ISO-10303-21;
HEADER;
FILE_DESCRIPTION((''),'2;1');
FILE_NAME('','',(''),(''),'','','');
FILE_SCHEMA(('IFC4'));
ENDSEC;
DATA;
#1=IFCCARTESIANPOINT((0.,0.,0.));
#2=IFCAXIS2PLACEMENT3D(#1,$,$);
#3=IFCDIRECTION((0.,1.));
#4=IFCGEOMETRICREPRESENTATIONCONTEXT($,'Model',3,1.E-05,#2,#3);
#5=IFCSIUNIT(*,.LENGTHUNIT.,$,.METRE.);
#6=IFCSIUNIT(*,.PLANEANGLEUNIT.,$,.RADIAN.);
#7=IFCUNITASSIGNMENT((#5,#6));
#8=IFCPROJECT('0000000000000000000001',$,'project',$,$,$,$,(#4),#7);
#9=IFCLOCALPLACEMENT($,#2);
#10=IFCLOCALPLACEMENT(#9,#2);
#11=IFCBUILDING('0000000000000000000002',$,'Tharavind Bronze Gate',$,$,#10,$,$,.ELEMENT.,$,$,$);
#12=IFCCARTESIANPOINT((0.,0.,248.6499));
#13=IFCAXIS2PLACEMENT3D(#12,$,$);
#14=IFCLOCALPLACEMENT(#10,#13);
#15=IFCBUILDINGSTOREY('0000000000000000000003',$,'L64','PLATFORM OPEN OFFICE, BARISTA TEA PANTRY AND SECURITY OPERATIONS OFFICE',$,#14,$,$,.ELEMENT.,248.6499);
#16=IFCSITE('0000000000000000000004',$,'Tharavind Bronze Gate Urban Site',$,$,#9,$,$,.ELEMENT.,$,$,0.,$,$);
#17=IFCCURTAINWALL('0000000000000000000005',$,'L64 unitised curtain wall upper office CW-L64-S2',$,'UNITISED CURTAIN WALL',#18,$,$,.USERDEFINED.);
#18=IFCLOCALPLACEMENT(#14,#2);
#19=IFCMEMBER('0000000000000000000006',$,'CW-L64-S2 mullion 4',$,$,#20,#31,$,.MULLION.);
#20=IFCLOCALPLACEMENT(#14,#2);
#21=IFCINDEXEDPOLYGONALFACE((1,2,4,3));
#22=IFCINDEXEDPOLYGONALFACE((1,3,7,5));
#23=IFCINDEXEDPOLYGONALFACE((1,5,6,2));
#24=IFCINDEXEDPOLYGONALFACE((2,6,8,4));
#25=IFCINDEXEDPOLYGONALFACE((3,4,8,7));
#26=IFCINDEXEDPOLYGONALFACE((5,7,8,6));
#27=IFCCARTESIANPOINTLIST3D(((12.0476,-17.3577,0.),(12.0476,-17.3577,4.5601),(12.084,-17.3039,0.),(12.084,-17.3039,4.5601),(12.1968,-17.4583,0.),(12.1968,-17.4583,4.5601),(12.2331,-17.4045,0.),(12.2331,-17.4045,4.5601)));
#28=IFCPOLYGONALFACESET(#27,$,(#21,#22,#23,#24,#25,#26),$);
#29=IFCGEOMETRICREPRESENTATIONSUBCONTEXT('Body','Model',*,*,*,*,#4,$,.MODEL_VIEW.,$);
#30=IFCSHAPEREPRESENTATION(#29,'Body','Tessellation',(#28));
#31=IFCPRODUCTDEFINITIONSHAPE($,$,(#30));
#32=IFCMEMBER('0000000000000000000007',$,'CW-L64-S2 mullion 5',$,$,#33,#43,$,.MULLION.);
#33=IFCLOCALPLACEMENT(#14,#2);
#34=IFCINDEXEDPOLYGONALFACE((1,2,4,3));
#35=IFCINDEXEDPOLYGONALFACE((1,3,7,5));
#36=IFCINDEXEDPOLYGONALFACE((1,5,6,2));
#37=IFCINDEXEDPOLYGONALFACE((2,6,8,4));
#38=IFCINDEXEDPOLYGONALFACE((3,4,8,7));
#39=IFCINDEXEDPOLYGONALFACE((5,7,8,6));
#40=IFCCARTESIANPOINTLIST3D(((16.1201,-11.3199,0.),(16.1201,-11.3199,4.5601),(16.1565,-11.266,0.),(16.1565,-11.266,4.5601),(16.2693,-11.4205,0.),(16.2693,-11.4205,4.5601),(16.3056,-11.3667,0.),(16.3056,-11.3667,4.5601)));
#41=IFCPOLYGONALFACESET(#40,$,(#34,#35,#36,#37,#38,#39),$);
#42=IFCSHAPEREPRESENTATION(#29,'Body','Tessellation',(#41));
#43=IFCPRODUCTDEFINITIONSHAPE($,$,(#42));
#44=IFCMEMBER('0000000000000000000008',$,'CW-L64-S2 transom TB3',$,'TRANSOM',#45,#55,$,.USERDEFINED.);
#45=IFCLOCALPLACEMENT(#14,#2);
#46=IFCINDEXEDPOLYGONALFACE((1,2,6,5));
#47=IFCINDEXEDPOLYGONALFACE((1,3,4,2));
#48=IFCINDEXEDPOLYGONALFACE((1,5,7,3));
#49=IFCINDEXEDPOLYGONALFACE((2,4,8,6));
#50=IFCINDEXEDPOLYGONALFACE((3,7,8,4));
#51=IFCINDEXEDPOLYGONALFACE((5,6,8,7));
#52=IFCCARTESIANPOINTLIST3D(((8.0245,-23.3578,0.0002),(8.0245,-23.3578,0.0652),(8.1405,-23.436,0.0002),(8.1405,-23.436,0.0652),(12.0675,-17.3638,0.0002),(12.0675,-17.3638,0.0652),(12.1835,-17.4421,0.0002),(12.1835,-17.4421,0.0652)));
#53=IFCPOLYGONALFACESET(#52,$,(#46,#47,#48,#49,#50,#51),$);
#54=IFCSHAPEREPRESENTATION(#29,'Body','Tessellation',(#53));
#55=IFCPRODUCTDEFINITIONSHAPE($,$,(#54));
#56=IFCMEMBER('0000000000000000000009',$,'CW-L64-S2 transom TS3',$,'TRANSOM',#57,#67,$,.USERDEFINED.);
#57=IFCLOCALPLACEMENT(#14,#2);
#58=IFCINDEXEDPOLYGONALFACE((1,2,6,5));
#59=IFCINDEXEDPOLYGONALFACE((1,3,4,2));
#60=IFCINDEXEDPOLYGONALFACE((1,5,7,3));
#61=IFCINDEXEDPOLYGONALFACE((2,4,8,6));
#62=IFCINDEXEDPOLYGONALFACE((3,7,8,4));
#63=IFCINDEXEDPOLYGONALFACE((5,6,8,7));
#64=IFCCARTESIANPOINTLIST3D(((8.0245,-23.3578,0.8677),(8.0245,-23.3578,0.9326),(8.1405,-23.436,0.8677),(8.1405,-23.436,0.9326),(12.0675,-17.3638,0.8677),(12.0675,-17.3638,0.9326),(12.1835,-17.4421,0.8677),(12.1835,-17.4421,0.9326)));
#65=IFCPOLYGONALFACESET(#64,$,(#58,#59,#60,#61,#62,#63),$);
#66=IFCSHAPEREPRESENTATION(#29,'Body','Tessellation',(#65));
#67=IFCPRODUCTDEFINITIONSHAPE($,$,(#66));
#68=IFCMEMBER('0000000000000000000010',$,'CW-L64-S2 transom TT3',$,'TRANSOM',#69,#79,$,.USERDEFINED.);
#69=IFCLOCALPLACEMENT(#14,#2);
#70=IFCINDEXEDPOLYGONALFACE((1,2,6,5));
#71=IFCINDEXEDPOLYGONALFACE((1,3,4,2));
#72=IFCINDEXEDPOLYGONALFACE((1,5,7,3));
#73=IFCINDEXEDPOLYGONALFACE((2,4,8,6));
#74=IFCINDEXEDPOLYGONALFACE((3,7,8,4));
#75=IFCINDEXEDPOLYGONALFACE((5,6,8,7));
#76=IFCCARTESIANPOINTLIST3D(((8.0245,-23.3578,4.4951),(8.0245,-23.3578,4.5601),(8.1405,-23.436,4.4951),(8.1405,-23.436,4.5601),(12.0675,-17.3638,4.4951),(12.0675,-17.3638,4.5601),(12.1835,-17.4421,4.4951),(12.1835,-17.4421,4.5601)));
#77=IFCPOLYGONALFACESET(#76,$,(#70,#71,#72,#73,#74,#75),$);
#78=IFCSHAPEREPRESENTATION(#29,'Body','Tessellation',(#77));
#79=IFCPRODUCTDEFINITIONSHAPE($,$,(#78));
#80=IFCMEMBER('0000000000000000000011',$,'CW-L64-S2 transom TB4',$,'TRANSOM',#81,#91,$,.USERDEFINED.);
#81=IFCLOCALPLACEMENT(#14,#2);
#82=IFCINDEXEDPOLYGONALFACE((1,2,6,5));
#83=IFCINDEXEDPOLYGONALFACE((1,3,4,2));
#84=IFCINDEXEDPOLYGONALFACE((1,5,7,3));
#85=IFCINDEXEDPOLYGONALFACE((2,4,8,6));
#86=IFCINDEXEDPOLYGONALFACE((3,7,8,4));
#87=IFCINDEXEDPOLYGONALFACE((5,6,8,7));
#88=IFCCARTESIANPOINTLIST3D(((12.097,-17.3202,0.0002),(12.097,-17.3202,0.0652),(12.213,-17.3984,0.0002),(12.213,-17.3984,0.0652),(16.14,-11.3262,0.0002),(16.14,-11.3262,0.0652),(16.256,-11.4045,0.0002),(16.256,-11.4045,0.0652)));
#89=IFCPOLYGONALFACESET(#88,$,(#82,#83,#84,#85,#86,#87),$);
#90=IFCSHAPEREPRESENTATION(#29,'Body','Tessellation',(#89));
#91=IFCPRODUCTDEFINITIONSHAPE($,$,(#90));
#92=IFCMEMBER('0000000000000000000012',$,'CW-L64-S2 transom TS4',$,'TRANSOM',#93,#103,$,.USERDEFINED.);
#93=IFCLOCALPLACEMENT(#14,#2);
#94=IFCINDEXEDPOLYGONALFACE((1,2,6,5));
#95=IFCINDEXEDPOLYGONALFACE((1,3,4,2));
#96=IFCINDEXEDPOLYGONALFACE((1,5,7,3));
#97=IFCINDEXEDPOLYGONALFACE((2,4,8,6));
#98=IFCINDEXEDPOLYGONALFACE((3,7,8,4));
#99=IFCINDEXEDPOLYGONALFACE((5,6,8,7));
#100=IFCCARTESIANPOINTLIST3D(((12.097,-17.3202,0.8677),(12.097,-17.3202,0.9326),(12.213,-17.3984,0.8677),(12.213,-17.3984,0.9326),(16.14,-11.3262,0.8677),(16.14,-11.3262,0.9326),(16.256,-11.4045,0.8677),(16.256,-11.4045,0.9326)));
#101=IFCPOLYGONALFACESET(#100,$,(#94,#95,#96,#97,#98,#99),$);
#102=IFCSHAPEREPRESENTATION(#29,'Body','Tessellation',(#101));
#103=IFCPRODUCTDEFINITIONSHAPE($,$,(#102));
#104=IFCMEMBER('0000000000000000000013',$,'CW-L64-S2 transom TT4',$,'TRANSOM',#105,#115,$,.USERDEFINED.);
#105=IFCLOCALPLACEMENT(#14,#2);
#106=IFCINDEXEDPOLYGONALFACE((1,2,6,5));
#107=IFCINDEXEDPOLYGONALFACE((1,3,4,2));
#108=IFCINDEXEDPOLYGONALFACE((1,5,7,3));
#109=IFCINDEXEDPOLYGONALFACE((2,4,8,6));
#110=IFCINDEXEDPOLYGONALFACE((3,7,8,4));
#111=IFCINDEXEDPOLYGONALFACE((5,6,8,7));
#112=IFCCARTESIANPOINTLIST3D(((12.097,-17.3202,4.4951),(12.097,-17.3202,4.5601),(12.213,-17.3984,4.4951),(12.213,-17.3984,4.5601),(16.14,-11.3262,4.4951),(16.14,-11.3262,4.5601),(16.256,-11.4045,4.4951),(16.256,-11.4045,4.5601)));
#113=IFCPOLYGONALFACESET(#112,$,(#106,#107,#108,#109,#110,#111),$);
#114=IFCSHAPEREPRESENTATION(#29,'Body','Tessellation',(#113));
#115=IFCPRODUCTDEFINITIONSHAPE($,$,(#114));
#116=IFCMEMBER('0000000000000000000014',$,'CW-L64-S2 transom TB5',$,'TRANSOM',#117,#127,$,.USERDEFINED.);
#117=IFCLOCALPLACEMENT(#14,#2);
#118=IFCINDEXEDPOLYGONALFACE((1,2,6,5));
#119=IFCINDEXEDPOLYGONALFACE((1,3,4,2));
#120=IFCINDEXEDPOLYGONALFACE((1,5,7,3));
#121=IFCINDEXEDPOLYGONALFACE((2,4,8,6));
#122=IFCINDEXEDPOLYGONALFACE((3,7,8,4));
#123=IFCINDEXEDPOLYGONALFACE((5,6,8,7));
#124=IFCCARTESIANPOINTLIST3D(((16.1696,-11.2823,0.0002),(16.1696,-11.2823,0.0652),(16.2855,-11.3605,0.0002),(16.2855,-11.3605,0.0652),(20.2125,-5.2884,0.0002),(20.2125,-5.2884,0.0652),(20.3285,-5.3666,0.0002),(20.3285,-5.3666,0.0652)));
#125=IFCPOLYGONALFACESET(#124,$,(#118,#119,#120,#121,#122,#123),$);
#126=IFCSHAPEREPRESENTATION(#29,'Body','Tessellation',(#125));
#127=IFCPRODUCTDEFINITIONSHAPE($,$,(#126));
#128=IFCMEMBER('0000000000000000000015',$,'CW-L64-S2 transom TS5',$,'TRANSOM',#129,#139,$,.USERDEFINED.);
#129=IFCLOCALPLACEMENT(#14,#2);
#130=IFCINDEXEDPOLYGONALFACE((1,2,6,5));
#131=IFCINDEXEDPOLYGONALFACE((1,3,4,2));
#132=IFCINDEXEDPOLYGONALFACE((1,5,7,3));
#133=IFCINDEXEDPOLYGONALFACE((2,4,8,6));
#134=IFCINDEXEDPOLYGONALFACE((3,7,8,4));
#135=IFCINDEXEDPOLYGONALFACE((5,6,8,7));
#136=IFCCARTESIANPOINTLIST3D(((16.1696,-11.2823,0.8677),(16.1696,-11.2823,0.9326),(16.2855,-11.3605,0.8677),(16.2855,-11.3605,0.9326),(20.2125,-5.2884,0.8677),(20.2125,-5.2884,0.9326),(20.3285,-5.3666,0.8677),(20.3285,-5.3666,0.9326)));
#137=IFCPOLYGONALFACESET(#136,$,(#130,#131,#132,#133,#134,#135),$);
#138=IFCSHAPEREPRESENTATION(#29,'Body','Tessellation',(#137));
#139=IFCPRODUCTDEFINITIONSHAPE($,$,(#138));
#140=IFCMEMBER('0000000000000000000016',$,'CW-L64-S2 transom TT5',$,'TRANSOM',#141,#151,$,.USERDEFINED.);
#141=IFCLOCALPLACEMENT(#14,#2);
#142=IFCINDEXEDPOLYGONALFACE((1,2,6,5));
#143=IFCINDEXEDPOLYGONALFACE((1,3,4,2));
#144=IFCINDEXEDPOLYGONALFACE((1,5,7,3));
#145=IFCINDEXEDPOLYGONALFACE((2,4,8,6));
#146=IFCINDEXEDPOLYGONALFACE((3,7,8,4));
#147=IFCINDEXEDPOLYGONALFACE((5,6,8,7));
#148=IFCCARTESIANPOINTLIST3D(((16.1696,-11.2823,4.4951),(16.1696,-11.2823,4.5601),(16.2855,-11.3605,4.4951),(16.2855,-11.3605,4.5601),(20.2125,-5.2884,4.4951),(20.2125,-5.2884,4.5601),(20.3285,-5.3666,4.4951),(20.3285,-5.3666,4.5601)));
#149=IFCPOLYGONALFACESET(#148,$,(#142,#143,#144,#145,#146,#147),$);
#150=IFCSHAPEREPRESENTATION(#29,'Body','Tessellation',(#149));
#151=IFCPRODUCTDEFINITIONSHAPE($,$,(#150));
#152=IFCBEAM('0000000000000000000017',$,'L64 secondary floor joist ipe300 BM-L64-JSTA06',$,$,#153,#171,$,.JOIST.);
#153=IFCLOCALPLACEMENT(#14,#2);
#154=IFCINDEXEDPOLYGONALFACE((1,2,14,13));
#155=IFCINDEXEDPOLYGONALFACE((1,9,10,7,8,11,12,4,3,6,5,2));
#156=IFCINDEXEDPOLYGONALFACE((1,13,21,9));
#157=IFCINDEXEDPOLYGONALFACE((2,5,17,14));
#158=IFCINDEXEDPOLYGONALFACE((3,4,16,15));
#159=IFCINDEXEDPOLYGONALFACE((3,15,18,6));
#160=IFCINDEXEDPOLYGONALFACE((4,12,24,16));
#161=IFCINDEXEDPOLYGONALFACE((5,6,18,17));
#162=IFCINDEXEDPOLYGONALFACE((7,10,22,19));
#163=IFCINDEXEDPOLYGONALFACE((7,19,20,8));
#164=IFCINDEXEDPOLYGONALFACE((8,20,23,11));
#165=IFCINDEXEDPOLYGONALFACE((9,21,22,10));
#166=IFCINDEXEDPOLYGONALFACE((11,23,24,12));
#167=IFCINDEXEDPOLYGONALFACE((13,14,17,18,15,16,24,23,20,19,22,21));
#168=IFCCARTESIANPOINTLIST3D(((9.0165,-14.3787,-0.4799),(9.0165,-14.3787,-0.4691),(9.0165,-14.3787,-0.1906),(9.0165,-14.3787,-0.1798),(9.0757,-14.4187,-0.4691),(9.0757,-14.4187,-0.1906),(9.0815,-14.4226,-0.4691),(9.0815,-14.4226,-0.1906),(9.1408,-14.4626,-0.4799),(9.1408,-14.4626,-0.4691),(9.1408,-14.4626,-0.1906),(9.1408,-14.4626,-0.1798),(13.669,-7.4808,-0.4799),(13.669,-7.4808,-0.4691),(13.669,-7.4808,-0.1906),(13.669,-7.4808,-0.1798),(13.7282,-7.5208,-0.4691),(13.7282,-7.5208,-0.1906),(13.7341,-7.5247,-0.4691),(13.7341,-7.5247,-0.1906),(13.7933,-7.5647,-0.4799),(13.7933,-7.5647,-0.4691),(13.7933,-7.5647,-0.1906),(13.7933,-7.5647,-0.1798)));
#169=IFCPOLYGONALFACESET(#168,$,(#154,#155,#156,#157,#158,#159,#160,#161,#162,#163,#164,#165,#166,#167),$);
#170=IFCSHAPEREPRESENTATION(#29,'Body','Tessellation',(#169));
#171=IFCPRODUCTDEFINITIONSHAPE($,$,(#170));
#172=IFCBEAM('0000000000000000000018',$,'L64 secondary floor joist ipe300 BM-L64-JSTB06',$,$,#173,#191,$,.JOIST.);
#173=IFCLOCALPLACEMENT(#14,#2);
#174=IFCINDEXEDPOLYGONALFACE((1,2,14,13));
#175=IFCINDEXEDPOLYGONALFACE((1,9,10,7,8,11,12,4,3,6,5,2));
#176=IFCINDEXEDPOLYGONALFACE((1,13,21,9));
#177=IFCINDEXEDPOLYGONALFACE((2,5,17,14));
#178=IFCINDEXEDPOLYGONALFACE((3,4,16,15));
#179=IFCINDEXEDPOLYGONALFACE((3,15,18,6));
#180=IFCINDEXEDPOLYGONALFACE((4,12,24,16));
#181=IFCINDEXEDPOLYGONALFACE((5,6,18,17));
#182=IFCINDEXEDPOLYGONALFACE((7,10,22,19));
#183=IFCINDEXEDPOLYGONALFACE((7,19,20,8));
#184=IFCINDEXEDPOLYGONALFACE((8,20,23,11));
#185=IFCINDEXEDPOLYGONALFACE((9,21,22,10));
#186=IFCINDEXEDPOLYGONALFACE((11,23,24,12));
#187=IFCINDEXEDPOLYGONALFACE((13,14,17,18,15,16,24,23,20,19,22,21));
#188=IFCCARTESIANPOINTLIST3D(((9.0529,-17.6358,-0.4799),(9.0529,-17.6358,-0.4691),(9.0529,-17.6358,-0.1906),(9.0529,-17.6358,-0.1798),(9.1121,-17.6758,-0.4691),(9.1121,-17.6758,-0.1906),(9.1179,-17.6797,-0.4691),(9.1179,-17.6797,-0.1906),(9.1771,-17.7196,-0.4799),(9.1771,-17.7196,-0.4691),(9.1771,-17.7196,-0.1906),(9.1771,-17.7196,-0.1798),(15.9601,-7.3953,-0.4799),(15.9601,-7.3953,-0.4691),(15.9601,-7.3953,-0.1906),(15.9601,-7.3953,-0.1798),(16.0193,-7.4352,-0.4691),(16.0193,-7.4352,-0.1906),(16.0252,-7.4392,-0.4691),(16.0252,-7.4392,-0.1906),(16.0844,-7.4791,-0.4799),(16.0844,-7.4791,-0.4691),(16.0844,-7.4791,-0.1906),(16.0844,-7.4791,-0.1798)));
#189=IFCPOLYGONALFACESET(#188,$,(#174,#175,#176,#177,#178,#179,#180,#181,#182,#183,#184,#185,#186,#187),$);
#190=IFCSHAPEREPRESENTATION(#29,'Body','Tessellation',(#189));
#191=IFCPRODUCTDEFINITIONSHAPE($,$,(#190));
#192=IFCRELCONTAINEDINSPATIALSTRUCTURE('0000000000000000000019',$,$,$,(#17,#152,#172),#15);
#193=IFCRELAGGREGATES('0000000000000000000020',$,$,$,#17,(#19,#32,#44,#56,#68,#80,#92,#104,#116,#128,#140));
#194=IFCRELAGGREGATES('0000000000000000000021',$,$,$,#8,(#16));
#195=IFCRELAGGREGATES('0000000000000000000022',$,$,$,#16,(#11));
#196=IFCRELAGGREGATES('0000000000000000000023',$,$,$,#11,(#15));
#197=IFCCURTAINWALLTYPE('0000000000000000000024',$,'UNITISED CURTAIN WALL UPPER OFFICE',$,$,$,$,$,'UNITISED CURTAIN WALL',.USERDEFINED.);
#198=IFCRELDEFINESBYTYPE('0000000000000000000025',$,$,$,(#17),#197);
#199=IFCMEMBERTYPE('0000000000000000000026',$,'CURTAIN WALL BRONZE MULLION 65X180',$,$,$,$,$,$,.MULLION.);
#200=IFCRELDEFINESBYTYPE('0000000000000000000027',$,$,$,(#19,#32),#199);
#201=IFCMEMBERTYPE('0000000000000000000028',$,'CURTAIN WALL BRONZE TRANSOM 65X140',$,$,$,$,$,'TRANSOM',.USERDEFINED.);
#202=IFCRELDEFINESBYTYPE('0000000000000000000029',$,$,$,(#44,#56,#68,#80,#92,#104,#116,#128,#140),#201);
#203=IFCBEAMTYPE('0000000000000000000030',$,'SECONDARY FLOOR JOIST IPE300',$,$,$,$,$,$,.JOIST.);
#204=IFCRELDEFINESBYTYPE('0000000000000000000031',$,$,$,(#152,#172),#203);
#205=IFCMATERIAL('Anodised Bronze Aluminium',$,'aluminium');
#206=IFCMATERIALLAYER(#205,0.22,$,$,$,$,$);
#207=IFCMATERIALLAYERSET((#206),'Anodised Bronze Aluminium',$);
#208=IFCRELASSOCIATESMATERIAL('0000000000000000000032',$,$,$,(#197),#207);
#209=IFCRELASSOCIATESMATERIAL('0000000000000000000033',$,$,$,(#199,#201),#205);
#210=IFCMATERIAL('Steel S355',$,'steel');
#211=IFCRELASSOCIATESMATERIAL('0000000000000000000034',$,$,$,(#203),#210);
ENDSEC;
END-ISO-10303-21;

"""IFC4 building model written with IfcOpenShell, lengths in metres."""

from ifc_helpers import new_model, si_unit, direction, frame, origin, origin_2d, place, context, subcontext, project, spatial, rectangle, i_section, extrude, material, layer, layer_set, material_profile, profile_set, type_object, element, aggregate, save


model = new_model("IFC4")

# Units and contexts
model_context = context("Model", 3, precision=1e-05, world=origin(), true_north=direction((0.0, 1.0)))
body_context = subcontext(model_context, "Body", "Model", "MODEL_VIEW")
ifc_project = project(units=[si_unit("LENGTHUNIT", "METRE"), si_unit("PLANEANGLEUNIT", "RADIAN")], contexts=[model_context])

# Site, building, storey
site_placement = place(None, origin())
site = spatial("IfcSite", under=ifc_project, at=site_placement, Name="Tharavind Bronze Gate Urban Site", CompositionType="ELEMENT", RefElevation=0.0)
building_placement = place(site_placement, origin())
building = spatial("IfcBuilding", under=site, at=building_placement, Name="Tharavind Bronze Gate", CompositionType="ELEMENT")
storey_placement = place(building_placement, frame((0.0, 0.0, 248.6499)))
storey = spatial("IfcBuildingStorey", under=building, at=storey_placement, Name="L64", Description="PLATFORM OPEN OFFICE, BARISTA TEA PANTRY AND SECURITY OPERATIONS OFFICE", CompositionType="ELEMENT", Elevation=248.6499)

# Curtain wall, members
ifc_material_1 = material(Name="Anodised Bronze Aluminium", Category="aluminium")
ifc_layer_1 = layer(ifc_material_1, 0.22)
ifc_layer_set_1 = layer_set([ifc_layer_1], Name="Anodised Bronze Aluminium")
curtain_wall_type = type_object("IfcCurtainWallType", Name="UNITISED CURTAIN WALL UPPER OFFICE", ElementType="UNITISED CURTAIN WALL", PredefinedType="USERDEFINED", material=ifc_layer_set_1)
curtain_wall_placement = place(storey_placement, origin())
curtain_wall = element("IfcCurtainWall", 1, at=curtain_wall_placement, inside=storey, type_object=curtain_wall_type, Name="L64 unitised curtain wall upper office CW-L64-S2", ObjectType="UNITISED CURTAIN WALL", PredefinedType="USERDEFINED")
member_type_1 = type_object("IfcMemberType", Name="CURTAIN WALL BRONZE MULLION 65X180", PredefinedType="MULLION", material=ifc_material_1)
member_1_placement = place(storey_placement, frame((12.1404, -17.3811, 0.0), z_axis=(0.0, 0.0, 1.0), x_axis=(0.559193, 0.829038, 0.0)))
member_1 = element("IfcMember", 2, at=member_1_placement, type_object=member_type_1, Name="CW-L64-S2 mullion 4", PredefinedType="MULLION", context=body_context, shape_type="SweptSolid", body=[
    extrude(rectangle(XDim=0.0649, YDim=0.1799, at=origin_2d()), origin(), (0.0, 0.0, 1.0), 4.5601),
])
member_2_placement = place(storey_placement, frame((16.2129, -11.3433, 0.0), z_axis=(0.0, 0.0, 1.0), x_axis=(0.559193, 0.829038, 0.0)))
member_2 = element("IfcMember", 3, at=member_2_placement, type_object=member_type_1, Name="CW-L64-S2 mullion 5", PredefinedType="MULLION", context=body_context, shape_type="SweptSolid", body=[
    extrude(rectangle(XDim=0.0649, YDim=0.1799, at=origin_2d()), origin(), (0.0, 0.0, 1.0), 4.5601),
])
member_type_2 = type_object("IfcMemberType", Name="CURTAIN WALL BRONZE TRANSOM 65X140", ElementType="TRANSOM", PredefinedType="USERDEFINED", material=ifc_material_1)
member_3_placement = place(storey_placement, frame((10.104, -20.3999, 0.0002), z_axis=(0.0, 0.0, 1.0), x_axis=(0.559193, 0.829038, 0.0)))
member_3 = element("IfcMember", 4, at=member_3_placement, type_object=member_type_2, Name="CW-L64-S2 transom TB3", ObjectType="TRANSOM", PredefinedType="USERDEFINED", context=body_context, shape_type="SweptSolid", body=[
    extrude(rectangle(XDim=7.23, YDim=0.1399, at=origin_2d()), origin(), (0.0, 0.0, 1.0), 0.0649),
])
member_4_placement = place(storey_placement, frame((10.104, -20.3999, 0.8677), z_axis=(0.0, 0.0, 1.0), x_axis=(0.559193, 0.829038, 0.0)))
member_4 = element("IfcMember", 5, at=member_4_placement, type_object=member_type_2, Name="CW-L64-S2 transom TS3", ObjectType="TRANSOM", PredefinedType="USERDEFINED", context=body_context, shape_type="SweptSolid", body=[
    extrude(rectangle(XDim=7.23, YDim=0.1399, at=origin_2d()), origin(), (0.0, 0.0, 1.0), 0.0649),
])
member_5_placement = place(storey_placement, frame((10.104, -20.3999, 4.4951), z_axis=(0.0, 0.0, 1.0), x_axis=(0.559193, 0.829038, 0.0)))
member_5 = element("IfcMember", 6, at=member_5_placement, type_object=member_type_2, Name="CW-L64-S2 transom TT3", ObjectType="TRANSOM", PredefinedType="USERDEFINED", context=body_context, shape_type="SweptSolid", body=[
    extrude(rectangle(XDim=7.23, YDim=0.1399, at=origin_2d()), origin(), (0.0, 0.0, 1.0), 0.0649),
])
member_6_placement = place(storey_placement, frame((14.1765, -14.3623, 0.0002), z_axis=(0.0, 0.0, 1.0), x_axis=(0.559193, 0.829038, 0.0)))
member_6 = element("IfcMember", 7, at=member_6_placement, type_object=member_type_2, Name="CW-L64-S2 transom TB4", ObjectType="TRANSOM", PredefinedType="USERDEFINED", context=body_context, shape_type="SweptSolid", body=[
    extrude(rectangle(XDim=7.23, YDim=0.1399, at=origin_2d()), origin(), (0.0, 0.0, 1.0), 0.0649),
])
member_7_placement = place(storey_placement, frame((14.1765, -14.3623, 0.8677), z_axis=(0.0, 0.0, 1.0), x_axis=(0.559193, 0.829038, 0.0)))
member_7 = element("IfcMember", 8, at=member_7_placement, type_object=member_type_2, Name="CW-L64-S2 transom TS4", ObjectType="TRANSOM", PredefinedType="USERDEFINED", context=body_context, shape_type="SweptSolid", body=[
    extrude(rectangle(XDim=7.23, YDim=0.1399, at=origin_2d()), origin(), (0.0, 0.0, 1.0), 0.0649),
])
member_8_placement = place(storey_placement, frame((14.1765, -14.3623, 4.4951), z_axis=(0.0, 0.0, 1.0), x_axis=(0.559193, 0.829038, 0.0)))
member_8 = element("IfcMember", 9, at=member_8_placement, type_object=member_type_2, Name="CW-L64-S2 transom TT4", ObjectType="TRANSOM", PredefinedType="USERDEFINED", context=body_context, shape_type="SweptSolid", body=[
    extrude(rectangle(XDim=7.23, YDim=0.1399, at=origin_2d()), origin(), (0.0, 0.0, 1.0), 0.0649),
])
member_9_placement = place(storey_placement, frame((18.249, -8.3245, 0.0002), z_axis=(0.0, 0.0, 1.0), x_axis=(0.559193, 0.829038, 0.0)))
member_9 = element("IfcMember", 10, at=member_9_placement, type_object=member_type_2, Name="CW-L64-S2 transom TB5", ObjectType="TRANSOM", PredefinedType="USERDEFINED", context=body_context, shape_type="SweptSolid", body=[
    extrude(rectangle(XDim=7.23, YDim=0.1399, at=origin_2d()), origin(), (0.0, 0.0, 1.0), 0.0649),
])
member_10_placement = place(storey_placement, frame((18.249, -8.3245, 0.8677), z_axis=(0.0, 0.0, 1.0), x_axis=(0.559193, 0.829038, 0.0)))
member_10 = element("IfcMember", 11, at=member_10_placement, type_object=member_type_2, Name="CW-L64-S2 transom TS5", ObjectType="TRANSOM", PredefinedType="USERDEFINED", context=body_context, shape_type="SweptSolid", body=[
    extrude(rectangle(XDim=7.23, YDim=0.1399, at=origin_2d()), origin(), (0.0, 0.0, 1.0), 0.0649),
])
member_11_placement = place(storey_placement, frame((18.249, -8.3245, 4.4951), z_axis=(0.0, 0.0, 1.0), x_axis=(0.559193, 0.829038, 0.0)))
member_11 = element("IfcMember", 12, at=member_11_placement, type_object=member_type_2, Name="CW-L64-S2 transom TT5", ObjectType="TRANSOM", PredefinedType="USERDEFINED", context=body_context, shape_type="SweptSolid", body=[
    extrude(rectangle(XDim=7.23, YDim=0.1399, at=origin_2d()), origin(), (0.0, 0.0, 1.0), 0.0649),
])

# Beams
ifc_material_2 = material(Name="Steel S355", Category="steel")
ifc_material_profile = material_profile(ifc_material_2, i_section(OverallWidth=0.1499, OverallDepth=0.3, WebThickness=0.0071, FlangeThickness=0.0107, at=origin_2d()), Name="IPE300")
ifc_profile_set = profile_set([ifc_material_profile], Name="Steel S355")
beam_type = type_object("IfcBeamType", Name="SECONDARY FLOOR JOIST IPE300", PredefinedType="JOIST", material=ifc_profile_set)
beam_1_placement = place(storey_placement, frame((9.0786, -14.4207, -0.3298), z_axis=(0.559182, 0.829045, 0.0), x_axis=(-0.829045, 0.559182, 0.0)))
element("IfcBeam", 13, at=beam_1_placement, inside=storey, type_object=beam_type, Name="L64 secondary floor joist ipe300 BM-L64-JSTA06", PredefinedType="JOIST", context=body_context, shape_type="SweptSolid", body=[
    extrude(i_section(OverallWidth=0.1499, OverallDepth=0.3, WebThickness=0.0071, FlangeThickness=0.0107, at=origin_2d()), origin(), (0.0, 0.0, 1.0), 8.3203),
])
beam_2_placement = place(storey_placement, frame((9.115, -17.6777, -0.3298), z_axis=(0.559189, 0.82904, 0.0), x_axis=(-0.82904, 0.559189, 0.0)))
element("IfcBeam", 14, at=beam_2_placement, inside=storey, type_object=beam_type, Name="L64 secondary floor joist ipe300 BM-L64-JSTB06", PredefinedType="JOIST", context=body_context, shape_type="SweptSolid", body=[
    extrude(i_section(OverallWidth=0.1499, OverallDepth=0.3, WebThickness=0.0071, FlangeThickness=0.0107, at=origin_2d()), origin(), (0.0, 0.0, 1.0), 12.3523),
])

aggregate(curtain_wall, [member_1, member_2, member_3, member_4, member_5, member_6, member_7, member_8, member_9, member_10, member_11])

save(model, "model.ifc")
